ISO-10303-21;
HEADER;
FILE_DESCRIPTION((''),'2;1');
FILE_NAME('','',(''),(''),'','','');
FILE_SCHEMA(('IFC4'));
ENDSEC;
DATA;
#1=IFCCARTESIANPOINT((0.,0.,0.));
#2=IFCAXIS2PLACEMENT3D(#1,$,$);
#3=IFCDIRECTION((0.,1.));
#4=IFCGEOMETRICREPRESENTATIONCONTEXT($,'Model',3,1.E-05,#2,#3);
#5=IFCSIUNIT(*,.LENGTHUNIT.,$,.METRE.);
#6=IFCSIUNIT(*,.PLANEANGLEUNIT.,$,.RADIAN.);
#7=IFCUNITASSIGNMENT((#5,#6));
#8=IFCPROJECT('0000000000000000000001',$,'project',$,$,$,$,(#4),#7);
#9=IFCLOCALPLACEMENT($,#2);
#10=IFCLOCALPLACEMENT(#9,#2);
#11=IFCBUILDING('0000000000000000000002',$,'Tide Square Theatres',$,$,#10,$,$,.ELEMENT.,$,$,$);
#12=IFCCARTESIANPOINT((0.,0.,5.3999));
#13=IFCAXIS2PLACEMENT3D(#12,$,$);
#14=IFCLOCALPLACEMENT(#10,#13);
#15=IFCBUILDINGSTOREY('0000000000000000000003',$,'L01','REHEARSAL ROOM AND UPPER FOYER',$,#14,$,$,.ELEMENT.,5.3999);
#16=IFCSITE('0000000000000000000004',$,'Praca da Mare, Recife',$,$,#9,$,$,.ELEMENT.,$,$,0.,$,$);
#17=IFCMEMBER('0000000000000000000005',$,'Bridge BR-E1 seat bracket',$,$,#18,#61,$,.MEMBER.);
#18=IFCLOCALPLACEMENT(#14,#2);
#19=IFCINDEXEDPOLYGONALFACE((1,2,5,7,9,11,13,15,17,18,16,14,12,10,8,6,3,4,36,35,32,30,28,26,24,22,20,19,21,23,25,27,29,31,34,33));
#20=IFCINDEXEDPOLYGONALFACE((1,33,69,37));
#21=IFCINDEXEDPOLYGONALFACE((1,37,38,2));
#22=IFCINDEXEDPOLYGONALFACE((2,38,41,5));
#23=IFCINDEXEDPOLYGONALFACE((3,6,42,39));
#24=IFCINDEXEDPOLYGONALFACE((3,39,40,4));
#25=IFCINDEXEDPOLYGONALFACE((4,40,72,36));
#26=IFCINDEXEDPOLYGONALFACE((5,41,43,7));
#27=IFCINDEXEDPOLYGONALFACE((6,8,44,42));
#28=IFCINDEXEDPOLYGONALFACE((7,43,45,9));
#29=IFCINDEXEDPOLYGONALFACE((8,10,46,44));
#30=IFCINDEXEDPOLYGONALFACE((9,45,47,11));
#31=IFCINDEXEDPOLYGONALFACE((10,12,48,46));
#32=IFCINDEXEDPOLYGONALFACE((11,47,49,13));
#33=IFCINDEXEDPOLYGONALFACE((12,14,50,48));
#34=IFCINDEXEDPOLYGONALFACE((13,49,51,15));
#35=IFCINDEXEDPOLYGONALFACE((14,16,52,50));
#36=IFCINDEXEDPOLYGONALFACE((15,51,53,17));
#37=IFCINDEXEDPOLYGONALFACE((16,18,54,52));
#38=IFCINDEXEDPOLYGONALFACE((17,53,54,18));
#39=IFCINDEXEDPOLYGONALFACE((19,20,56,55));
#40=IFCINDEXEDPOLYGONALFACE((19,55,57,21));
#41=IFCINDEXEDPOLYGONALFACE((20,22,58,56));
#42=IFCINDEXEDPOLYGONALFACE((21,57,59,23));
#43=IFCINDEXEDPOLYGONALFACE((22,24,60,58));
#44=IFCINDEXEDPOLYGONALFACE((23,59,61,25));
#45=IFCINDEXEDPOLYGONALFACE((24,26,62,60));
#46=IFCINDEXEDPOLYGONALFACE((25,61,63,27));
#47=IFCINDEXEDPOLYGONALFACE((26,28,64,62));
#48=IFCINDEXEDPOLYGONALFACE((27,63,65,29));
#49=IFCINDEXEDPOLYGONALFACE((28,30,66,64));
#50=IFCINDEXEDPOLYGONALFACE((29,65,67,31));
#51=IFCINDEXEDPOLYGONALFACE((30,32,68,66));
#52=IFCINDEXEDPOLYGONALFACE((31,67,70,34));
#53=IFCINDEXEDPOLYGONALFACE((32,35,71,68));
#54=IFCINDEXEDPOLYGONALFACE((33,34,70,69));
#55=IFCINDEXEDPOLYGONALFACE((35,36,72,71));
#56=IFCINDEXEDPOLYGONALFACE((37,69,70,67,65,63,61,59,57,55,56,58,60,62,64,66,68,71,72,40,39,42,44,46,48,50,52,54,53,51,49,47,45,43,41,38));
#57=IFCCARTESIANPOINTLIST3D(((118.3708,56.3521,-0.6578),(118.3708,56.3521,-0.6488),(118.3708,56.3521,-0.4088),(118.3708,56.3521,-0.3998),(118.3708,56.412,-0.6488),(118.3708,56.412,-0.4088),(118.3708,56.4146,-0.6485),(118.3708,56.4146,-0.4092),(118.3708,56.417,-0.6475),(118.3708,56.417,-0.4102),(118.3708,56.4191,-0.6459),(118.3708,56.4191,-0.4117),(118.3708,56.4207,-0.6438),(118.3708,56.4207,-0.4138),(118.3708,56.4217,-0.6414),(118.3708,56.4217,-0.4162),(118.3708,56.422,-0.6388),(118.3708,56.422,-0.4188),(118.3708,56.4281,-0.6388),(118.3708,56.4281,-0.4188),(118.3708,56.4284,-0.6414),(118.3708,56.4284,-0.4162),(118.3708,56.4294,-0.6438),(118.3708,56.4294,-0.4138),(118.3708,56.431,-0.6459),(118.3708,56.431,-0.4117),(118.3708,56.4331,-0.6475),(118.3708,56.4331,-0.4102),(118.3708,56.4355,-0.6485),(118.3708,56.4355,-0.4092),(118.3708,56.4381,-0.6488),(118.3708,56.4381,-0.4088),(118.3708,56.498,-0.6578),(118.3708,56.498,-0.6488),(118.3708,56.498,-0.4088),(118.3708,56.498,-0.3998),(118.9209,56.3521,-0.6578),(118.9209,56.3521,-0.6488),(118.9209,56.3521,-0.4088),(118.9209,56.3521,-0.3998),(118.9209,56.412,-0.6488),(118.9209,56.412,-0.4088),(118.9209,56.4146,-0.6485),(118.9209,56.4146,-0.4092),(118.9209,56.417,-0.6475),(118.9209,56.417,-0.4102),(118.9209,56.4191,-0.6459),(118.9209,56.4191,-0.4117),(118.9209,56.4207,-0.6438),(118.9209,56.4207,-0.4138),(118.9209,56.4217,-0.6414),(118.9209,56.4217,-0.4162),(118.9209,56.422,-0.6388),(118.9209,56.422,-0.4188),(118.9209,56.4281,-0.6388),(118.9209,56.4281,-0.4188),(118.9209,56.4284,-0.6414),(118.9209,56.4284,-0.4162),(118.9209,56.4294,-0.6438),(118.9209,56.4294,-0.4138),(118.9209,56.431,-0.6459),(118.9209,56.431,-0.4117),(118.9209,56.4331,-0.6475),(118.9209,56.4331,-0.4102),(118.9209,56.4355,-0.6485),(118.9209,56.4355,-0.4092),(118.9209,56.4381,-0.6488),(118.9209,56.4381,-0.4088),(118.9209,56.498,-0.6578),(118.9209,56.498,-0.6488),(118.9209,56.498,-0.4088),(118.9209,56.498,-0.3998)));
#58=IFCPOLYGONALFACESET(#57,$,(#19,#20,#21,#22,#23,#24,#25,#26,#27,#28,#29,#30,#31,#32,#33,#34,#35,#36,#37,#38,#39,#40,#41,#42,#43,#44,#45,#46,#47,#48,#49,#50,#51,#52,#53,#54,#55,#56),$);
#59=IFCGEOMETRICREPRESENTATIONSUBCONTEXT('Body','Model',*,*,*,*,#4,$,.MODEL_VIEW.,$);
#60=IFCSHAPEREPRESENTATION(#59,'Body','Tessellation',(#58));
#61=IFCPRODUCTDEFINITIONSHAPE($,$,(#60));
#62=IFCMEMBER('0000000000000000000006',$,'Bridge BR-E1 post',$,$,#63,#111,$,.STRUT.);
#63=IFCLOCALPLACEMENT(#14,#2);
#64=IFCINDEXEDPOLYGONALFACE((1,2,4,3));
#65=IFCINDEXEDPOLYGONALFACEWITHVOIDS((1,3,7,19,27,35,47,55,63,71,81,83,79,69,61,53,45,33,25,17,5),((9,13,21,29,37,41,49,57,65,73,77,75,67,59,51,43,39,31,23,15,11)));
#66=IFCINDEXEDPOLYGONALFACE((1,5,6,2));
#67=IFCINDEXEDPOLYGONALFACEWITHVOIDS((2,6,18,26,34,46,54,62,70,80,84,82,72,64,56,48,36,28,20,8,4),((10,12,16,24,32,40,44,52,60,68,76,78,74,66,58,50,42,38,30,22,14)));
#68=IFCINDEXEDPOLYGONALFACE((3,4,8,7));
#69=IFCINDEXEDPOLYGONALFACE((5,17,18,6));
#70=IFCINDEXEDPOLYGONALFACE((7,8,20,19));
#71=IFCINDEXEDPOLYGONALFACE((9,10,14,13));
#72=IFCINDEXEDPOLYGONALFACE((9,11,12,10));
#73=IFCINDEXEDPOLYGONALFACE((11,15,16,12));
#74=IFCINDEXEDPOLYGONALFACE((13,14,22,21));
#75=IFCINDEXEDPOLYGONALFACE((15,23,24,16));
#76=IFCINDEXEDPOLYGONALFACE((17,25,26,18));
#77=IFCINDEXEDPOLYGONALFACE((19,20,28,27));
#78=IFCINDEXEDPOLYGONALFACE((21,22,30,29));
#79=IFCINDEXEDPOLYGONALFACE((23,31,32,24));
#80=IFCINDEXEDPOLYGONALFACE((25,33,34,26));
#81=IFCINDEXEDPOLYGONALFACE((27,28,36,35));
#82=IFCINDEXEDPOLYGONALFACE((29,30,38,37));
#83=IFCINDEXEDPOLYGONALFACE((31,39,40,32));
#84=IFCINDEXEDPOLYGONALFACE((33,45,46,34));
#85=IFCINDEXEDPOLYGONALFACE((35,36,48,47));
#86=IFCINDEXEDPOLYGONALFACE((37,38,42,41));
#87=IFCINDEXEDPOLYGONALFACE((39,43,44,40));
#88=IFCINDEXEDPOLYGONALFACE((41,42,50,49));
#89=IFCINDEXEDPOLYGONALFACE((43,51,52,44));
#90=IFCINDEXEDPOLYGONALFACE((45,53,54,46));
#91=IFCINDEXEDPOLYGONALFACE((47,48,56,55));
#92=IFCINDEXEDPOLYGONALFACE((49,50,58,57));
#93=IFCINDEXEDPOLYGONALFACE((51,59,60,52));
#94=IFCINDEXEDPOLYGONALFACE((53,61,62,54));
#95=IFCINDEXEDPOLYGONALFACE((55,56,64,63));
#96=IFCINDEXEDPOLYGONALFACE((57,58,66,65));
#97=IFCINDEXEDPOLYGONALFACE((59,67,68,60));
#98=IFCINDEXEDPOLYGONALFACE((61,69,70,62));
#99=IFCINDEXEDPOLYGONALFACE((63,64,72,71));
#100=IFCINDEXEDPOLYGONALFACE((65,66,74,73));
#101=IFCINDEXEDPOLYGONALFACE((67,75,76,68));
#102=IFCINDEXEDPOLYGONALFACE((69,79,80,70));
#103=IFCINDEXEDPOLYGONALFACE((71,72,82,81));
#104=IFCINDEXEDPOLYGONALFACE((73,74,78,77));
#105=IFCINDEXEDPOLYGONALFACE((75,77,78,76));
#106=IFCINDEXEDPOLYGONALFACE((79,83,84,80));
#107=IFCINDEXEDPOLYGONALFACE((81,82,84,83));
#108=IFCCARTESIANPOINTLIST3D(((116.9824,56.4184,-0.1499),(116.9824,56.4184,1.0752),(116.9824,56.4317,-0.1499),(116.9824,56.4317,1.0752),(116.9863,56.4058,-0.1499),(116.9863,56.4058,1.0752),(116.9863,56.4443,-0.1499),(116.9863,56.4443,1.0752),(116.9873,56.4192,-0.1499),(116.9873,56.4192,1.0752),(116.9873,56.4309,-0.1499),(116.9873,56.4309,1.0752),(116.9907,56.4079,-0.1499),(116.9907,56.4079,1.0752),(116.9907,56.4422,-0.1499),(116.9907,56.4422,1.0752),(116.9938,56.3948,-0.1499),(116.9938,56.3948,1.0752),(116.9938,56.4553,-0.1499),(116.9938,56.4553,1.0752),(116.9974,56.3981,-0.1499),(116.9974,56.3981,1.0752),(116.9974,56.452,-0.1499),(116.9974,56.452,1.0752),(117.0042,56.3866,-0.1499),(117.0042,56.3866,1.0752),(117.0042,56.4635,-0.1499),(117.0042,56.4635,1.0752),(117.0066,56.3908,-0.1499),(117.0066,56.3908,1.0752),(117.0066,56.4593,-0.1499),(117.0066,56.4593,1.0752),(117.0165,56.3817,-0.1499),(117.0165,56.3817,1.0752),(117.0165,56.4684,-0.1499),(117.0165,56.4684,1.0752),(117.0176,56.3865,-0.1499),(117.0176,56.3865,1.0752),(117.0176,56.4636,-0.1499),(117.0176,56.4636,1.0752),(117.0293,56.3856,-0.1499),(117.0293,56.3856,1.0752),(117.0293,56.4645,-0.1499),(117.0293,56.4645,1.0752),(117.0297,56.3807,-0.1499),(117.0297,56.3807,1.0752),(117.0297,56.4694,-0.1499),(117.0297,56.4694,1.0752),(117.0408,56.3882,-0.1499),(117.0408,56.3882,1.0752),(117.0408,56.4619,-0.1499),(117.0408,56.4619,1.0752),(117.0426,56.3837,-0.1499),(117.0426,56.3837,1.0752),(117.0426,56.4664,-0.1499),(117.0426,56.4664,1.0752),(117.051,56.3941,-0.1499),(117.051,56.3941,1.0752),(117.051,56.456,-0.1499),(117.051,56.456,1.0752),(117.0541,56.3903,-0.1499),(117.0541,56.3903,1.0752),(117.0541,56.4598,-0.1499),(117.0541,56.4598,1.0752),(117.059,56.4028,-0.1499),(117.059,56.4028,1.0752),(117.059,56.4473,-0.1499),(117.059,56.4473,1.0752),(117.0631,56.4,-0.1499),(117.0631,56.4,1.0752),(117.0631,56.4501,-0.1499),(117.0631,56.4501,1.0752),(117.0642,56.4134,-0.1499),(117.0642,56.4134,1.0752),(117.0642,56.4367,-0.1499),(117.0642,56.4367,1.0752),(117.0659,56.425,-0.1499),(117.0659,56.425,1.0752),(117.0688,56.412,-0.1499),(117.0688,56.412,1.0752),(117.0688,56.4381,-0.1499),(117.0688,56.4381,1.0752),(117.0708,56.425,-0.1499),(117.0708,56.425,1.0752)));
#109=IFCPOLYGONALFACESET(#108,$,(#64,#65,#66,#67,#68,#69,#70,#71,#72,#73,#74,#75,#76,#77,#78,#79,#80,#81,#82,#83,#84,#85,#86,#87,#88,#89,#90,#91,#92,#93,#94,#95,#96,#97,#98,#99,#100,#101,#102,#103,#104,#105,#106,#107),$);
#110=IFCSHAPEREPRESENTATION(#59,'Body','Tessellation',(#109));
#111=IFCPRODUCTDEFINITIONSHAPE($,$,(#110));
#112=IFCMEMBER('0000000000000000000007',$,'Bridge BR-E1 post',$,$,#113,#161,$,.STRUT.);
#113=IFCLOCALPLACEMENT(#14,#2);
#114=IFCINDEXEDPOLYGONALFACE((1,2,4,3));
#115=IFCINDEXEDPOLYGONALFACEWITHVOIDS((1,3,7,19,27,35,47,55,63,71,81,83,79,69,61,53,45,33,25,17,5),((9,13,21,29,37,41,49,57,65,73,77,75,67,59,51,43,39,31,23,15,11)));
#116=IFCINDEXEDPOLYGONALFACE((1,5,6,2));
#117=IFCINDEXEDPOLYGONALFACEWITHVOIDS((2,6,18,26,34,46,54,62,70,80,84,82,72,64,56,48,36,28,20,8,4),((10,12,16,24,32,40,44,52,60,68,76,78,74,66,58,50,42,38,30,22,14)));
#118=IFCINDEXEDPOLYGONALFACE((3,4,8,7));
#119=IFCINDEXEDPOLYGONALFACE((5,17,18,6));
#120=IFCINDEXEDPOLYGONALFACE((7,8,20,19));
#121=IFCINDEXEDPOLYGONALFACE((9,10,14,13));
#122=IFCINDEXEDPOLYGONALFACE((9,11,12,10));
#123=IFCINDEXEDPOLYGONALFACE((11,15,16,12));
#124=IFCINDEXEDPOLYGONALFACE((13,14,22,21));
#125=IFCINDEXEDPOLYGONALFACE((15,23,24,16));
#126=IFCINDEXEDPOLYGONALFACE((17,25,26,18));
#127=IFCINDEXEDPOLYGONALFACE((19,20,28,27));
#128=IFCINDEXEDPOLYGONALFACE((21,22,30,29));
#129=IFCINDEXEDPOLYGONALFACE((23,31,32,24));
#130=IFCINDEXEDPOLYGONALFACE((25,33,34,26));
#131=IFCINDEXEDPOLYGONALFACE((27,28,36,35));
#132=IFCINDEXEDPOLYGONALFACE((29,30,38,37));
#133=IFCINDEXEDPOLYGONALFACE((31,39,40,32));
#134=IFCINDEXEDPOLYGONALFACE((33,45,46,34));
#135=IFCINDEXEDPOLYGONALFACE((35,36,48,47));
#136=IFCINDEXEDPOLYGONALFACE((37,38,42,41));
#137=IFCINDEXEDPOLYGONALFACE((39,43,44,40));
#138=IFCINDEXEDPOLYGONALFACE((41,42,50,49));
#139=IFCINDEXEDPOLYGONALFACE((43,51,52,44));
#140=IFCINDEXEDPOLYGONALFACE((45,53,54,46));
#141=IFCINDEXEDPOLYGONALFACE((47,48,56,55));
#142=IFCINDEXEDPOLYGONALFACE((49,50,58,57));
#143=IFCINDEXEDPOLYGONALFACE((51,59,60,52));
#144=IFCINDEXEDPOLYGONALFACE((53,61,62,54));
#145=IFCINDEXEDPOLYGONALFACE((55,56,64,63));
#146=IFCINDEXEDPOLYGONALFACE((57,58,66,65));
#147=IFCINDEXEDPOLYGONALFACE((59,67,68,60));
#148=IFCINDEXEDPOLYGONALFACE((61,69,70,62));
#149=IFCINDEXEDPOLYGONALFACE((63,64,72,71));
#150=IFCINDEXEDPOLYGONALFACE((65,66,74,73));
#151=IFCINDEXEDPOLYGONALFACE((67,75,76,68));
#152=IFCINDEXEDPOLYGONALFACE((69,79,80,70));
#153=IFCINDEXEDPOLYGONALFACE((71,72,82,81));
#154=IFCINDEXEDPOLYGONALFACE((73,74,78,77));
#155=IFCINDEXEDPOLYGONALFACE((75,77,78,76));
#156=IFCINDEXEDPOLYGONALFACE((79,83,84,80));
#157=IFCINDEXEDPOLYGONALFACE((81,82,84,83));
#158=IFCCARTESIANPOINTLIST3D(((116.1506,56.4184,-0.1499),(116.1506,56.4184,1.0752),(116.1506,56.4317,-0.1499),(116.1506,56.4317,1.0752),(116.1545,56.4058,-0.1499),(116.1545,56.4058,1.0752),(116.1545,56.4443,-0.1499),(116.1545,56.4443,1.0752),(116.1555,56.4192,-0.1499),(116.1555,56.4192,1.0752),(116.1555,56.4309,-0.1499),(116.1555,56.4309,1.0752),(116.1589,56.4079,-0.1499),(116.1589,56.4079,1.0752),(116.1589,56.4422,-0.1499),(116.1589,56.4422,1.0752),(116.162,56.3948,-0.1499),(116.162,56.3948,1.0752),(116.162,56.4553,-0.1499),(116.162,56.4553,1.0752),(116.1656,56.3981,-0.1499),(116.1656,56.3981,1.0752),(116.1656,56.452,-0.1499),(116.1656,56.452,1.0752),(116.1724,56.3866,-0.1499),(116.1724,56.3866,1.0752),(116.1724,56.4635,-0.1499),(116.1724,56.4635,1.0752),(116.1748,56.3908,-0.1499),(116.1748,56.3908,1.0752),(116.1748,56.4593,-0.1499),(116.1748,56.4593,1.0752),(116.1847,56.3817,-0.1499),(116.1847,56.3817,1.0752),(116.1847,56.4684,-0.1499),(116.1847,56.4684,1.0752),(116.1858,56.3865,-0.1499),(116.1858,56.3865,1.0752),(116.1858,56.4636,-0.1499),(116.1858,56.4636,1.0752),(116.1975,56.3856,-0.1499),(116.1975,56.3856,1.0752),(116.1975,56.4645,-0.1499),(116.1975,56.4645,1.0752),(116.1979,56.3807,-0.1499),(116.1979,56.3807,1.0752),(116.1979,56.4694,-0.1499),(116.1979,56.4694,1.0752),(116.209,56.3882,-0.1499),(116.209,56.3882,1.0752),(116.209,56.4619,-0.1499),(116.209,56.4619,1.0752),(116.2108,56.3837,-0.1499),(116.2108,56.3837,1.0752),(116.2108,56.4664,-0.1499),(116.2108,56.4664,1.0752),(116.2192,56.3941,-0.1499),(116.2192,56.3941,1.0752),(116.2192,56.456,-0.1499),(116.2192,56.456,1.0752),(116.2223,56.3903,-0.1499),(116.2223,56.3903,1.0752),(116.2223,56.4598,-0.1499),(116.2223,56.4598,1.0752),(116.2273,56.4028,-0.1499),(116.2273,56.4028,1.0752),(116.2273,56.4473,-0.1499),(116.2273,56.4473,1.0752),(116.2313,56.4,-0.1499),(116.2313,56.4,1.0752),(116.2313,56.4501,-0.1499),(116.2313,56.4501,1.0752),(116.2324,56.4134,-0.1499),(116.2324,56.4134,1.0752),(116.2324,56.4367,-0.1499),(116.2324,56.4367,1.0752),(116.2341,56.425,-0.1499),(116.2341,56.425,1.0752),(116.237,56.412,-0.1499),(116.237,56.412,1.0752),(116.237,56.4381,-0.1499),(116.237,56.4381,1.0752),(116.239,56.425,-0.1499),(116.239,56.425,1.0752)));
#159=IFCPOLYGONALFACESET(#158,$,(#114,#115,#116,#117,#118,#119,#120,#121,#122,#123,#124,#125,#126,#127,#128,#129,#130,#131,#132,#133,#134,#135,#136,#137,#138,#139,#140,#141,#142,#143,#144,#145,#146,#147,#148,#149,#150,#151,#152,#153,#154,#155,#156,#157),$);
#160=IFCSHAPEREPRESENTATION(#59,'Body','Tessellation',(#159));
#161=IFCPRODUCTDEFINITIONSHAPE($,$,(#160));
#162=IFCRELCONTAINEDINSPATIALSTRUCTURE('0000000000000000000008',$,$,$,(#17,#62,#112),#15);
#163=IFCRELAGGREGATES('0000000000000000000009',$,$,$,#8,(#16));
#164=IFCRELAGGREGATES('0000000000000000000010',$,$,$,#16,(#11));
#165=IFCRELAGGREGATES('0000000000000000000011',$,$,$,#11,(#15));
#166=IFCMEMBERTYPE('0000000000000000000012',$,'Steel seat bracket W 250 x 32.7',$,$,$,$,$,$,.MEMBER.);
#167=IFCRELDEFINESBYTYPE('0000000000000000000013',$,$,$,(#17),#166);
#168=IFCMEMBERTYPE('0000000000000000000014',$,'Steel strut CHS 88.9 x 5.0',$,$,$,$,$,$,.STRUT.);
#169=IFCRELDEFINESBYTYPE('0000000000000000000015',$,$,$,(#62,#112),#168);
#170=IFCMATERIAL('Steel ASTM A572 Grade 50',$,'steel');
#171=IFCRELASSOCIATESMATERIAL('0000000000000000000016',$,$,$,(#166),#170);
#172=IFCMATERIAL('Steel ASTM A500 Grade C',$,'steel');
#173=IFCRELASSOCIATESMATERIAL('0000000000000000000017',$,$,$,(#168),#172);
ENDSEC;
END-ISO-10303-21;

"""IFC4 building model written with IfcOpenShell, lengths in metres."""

from ifc_helpers import new_model, si_unit, direction, frame, origin, origin_2d, place, context, subcontext, project, spatial, hollow_circle, i_section, extrude, material, material_profile, profile_set, type_object, element, save


model = new_model("IFC4")

# Units and contexts
model_context = context("Model", 3, precision=1e-05, world=origin(), true_north=direction((0.0, 1.0)))
body_context = subcontext(model_context, "Body", "Model", "MODEL_VIEW")
ifc_project = project(units=[si_unit("LENGTHUNIT", "METRE"), si_unit("PLANEANGLEUNIT", "RADIAN")], contexts=[model_context])

# Site, building, storey
site_placement = place(None, origin())
site = spatial("IfcSite", under=ifc_project, at=site_placement, Name="Praca da Mare, Recife", CompositionType="ELEMENT", RefElevation=0.0)
building_placement = place(site_placement, origin())
building = spatial("IfcBuilding", under=site, at=building_placement, Name="Tide Square Theatres", CompositionType="ELEMENT")
storey_placement = place(building_placement, frame((0.0, 0.0, 5.3999)))
storey = spatial("IfcBuildingStorey", under=building, at=storey_placement, Name="L01", Description="REHEARSAL ROOM AND UPPER FOYER", CompositionType="ELEMENT", Elevation=5.3999)

# Members
ifc_material_1 = material(Name="Steel ASTM A572 Grade 50", Category="steel")
ifc_material_profile_1 = material_profile(ifc_material_1, i_section(OverallWidth=0.146, OverallDepth=0.2581, WebThickness=0.0061, FlangeThickness=0.009, FilletRadius=0.01, at=origin_2d()))
ifc_profile_set_1 = profile_set([ifc_material_profile_1], Name="Steel ASTM A572 Grade 50")
member_type_1 = type_object("IfcMemberType", Name="Steel seat bracket W 250 x 32.7", PredefinedType="MEMBER", material=ifc_profile_set_1)
member_1_placement = place(storey_placement, frame((118.9209, 56.425, -0.5288), z_axis=(-1.0, 0.0, 0.0), x_axis=(0.0, -1.0, 0.0)))
element("IfcMember", 1, at=member_1_placement, inside=storey, type_object=member_type_1, Name="Bridge BR-E1 seat bracket", PredefinedType="MEMBER", context=body_context, shape_type="SweptSolid", body=[
    extrude(i_section(OverallWidth=0.146, OverallDepth=0.2581, WebThickness=0.0061, FlangeThickness=0.009, FilletRadius=0.01, at=origin_2d()), origin(), (0.0, 0.0, 1.0), 0.55),
])
ifc_material_2 = material(Name="Steel ASTM A500 Grade C", Category="steel")
ifc_material_profile_2 = material_profile(ifc_material_2, hollow_circle(Radius=0.0444, WallThickness=0.0049, at=origin_2d()))
ifc_profile_set_2 = profile_set([ifc_material_profile_2], Name="Steel ASTM A500 Grade C")
member_type_2 = type_object("IfcMemberType", Name="Steel strut CHS 88.9 x 5.0", PredefinedType="STRUT", material=ifc_profile_set_2)
for number, where, z_axis, x_axis, name in (
    (2, (117.0264, 56.425, -0.1499), (0.0, 0.0, 1.0), (1.0, 0.0, 0.0), "Bridge BR-E1 post"),
    (3, (116.1946, 56.425, -0.1499), (0.0, 0.0, 1.0), (1.0, 0.0, 0.0), "Bridge BR-E1 post"),
):
    element("IfcMember", number, at=place(storey_placement, frame(where, z_axis=z_axis, x_axis=x_axis)), inside=storey, type_object=member_type_2, Name=name, PredefinedType="STRUT", context=body_context, shape_type="SweptSolid", body=[
        extrude(hollow_circle(Radius=0.0444, WallThickness=0.0049, at=origin_2d()), origin(), (0.0, 0.0, 1.0), 1.2251),
    ])

save(model, "model.ifc")
